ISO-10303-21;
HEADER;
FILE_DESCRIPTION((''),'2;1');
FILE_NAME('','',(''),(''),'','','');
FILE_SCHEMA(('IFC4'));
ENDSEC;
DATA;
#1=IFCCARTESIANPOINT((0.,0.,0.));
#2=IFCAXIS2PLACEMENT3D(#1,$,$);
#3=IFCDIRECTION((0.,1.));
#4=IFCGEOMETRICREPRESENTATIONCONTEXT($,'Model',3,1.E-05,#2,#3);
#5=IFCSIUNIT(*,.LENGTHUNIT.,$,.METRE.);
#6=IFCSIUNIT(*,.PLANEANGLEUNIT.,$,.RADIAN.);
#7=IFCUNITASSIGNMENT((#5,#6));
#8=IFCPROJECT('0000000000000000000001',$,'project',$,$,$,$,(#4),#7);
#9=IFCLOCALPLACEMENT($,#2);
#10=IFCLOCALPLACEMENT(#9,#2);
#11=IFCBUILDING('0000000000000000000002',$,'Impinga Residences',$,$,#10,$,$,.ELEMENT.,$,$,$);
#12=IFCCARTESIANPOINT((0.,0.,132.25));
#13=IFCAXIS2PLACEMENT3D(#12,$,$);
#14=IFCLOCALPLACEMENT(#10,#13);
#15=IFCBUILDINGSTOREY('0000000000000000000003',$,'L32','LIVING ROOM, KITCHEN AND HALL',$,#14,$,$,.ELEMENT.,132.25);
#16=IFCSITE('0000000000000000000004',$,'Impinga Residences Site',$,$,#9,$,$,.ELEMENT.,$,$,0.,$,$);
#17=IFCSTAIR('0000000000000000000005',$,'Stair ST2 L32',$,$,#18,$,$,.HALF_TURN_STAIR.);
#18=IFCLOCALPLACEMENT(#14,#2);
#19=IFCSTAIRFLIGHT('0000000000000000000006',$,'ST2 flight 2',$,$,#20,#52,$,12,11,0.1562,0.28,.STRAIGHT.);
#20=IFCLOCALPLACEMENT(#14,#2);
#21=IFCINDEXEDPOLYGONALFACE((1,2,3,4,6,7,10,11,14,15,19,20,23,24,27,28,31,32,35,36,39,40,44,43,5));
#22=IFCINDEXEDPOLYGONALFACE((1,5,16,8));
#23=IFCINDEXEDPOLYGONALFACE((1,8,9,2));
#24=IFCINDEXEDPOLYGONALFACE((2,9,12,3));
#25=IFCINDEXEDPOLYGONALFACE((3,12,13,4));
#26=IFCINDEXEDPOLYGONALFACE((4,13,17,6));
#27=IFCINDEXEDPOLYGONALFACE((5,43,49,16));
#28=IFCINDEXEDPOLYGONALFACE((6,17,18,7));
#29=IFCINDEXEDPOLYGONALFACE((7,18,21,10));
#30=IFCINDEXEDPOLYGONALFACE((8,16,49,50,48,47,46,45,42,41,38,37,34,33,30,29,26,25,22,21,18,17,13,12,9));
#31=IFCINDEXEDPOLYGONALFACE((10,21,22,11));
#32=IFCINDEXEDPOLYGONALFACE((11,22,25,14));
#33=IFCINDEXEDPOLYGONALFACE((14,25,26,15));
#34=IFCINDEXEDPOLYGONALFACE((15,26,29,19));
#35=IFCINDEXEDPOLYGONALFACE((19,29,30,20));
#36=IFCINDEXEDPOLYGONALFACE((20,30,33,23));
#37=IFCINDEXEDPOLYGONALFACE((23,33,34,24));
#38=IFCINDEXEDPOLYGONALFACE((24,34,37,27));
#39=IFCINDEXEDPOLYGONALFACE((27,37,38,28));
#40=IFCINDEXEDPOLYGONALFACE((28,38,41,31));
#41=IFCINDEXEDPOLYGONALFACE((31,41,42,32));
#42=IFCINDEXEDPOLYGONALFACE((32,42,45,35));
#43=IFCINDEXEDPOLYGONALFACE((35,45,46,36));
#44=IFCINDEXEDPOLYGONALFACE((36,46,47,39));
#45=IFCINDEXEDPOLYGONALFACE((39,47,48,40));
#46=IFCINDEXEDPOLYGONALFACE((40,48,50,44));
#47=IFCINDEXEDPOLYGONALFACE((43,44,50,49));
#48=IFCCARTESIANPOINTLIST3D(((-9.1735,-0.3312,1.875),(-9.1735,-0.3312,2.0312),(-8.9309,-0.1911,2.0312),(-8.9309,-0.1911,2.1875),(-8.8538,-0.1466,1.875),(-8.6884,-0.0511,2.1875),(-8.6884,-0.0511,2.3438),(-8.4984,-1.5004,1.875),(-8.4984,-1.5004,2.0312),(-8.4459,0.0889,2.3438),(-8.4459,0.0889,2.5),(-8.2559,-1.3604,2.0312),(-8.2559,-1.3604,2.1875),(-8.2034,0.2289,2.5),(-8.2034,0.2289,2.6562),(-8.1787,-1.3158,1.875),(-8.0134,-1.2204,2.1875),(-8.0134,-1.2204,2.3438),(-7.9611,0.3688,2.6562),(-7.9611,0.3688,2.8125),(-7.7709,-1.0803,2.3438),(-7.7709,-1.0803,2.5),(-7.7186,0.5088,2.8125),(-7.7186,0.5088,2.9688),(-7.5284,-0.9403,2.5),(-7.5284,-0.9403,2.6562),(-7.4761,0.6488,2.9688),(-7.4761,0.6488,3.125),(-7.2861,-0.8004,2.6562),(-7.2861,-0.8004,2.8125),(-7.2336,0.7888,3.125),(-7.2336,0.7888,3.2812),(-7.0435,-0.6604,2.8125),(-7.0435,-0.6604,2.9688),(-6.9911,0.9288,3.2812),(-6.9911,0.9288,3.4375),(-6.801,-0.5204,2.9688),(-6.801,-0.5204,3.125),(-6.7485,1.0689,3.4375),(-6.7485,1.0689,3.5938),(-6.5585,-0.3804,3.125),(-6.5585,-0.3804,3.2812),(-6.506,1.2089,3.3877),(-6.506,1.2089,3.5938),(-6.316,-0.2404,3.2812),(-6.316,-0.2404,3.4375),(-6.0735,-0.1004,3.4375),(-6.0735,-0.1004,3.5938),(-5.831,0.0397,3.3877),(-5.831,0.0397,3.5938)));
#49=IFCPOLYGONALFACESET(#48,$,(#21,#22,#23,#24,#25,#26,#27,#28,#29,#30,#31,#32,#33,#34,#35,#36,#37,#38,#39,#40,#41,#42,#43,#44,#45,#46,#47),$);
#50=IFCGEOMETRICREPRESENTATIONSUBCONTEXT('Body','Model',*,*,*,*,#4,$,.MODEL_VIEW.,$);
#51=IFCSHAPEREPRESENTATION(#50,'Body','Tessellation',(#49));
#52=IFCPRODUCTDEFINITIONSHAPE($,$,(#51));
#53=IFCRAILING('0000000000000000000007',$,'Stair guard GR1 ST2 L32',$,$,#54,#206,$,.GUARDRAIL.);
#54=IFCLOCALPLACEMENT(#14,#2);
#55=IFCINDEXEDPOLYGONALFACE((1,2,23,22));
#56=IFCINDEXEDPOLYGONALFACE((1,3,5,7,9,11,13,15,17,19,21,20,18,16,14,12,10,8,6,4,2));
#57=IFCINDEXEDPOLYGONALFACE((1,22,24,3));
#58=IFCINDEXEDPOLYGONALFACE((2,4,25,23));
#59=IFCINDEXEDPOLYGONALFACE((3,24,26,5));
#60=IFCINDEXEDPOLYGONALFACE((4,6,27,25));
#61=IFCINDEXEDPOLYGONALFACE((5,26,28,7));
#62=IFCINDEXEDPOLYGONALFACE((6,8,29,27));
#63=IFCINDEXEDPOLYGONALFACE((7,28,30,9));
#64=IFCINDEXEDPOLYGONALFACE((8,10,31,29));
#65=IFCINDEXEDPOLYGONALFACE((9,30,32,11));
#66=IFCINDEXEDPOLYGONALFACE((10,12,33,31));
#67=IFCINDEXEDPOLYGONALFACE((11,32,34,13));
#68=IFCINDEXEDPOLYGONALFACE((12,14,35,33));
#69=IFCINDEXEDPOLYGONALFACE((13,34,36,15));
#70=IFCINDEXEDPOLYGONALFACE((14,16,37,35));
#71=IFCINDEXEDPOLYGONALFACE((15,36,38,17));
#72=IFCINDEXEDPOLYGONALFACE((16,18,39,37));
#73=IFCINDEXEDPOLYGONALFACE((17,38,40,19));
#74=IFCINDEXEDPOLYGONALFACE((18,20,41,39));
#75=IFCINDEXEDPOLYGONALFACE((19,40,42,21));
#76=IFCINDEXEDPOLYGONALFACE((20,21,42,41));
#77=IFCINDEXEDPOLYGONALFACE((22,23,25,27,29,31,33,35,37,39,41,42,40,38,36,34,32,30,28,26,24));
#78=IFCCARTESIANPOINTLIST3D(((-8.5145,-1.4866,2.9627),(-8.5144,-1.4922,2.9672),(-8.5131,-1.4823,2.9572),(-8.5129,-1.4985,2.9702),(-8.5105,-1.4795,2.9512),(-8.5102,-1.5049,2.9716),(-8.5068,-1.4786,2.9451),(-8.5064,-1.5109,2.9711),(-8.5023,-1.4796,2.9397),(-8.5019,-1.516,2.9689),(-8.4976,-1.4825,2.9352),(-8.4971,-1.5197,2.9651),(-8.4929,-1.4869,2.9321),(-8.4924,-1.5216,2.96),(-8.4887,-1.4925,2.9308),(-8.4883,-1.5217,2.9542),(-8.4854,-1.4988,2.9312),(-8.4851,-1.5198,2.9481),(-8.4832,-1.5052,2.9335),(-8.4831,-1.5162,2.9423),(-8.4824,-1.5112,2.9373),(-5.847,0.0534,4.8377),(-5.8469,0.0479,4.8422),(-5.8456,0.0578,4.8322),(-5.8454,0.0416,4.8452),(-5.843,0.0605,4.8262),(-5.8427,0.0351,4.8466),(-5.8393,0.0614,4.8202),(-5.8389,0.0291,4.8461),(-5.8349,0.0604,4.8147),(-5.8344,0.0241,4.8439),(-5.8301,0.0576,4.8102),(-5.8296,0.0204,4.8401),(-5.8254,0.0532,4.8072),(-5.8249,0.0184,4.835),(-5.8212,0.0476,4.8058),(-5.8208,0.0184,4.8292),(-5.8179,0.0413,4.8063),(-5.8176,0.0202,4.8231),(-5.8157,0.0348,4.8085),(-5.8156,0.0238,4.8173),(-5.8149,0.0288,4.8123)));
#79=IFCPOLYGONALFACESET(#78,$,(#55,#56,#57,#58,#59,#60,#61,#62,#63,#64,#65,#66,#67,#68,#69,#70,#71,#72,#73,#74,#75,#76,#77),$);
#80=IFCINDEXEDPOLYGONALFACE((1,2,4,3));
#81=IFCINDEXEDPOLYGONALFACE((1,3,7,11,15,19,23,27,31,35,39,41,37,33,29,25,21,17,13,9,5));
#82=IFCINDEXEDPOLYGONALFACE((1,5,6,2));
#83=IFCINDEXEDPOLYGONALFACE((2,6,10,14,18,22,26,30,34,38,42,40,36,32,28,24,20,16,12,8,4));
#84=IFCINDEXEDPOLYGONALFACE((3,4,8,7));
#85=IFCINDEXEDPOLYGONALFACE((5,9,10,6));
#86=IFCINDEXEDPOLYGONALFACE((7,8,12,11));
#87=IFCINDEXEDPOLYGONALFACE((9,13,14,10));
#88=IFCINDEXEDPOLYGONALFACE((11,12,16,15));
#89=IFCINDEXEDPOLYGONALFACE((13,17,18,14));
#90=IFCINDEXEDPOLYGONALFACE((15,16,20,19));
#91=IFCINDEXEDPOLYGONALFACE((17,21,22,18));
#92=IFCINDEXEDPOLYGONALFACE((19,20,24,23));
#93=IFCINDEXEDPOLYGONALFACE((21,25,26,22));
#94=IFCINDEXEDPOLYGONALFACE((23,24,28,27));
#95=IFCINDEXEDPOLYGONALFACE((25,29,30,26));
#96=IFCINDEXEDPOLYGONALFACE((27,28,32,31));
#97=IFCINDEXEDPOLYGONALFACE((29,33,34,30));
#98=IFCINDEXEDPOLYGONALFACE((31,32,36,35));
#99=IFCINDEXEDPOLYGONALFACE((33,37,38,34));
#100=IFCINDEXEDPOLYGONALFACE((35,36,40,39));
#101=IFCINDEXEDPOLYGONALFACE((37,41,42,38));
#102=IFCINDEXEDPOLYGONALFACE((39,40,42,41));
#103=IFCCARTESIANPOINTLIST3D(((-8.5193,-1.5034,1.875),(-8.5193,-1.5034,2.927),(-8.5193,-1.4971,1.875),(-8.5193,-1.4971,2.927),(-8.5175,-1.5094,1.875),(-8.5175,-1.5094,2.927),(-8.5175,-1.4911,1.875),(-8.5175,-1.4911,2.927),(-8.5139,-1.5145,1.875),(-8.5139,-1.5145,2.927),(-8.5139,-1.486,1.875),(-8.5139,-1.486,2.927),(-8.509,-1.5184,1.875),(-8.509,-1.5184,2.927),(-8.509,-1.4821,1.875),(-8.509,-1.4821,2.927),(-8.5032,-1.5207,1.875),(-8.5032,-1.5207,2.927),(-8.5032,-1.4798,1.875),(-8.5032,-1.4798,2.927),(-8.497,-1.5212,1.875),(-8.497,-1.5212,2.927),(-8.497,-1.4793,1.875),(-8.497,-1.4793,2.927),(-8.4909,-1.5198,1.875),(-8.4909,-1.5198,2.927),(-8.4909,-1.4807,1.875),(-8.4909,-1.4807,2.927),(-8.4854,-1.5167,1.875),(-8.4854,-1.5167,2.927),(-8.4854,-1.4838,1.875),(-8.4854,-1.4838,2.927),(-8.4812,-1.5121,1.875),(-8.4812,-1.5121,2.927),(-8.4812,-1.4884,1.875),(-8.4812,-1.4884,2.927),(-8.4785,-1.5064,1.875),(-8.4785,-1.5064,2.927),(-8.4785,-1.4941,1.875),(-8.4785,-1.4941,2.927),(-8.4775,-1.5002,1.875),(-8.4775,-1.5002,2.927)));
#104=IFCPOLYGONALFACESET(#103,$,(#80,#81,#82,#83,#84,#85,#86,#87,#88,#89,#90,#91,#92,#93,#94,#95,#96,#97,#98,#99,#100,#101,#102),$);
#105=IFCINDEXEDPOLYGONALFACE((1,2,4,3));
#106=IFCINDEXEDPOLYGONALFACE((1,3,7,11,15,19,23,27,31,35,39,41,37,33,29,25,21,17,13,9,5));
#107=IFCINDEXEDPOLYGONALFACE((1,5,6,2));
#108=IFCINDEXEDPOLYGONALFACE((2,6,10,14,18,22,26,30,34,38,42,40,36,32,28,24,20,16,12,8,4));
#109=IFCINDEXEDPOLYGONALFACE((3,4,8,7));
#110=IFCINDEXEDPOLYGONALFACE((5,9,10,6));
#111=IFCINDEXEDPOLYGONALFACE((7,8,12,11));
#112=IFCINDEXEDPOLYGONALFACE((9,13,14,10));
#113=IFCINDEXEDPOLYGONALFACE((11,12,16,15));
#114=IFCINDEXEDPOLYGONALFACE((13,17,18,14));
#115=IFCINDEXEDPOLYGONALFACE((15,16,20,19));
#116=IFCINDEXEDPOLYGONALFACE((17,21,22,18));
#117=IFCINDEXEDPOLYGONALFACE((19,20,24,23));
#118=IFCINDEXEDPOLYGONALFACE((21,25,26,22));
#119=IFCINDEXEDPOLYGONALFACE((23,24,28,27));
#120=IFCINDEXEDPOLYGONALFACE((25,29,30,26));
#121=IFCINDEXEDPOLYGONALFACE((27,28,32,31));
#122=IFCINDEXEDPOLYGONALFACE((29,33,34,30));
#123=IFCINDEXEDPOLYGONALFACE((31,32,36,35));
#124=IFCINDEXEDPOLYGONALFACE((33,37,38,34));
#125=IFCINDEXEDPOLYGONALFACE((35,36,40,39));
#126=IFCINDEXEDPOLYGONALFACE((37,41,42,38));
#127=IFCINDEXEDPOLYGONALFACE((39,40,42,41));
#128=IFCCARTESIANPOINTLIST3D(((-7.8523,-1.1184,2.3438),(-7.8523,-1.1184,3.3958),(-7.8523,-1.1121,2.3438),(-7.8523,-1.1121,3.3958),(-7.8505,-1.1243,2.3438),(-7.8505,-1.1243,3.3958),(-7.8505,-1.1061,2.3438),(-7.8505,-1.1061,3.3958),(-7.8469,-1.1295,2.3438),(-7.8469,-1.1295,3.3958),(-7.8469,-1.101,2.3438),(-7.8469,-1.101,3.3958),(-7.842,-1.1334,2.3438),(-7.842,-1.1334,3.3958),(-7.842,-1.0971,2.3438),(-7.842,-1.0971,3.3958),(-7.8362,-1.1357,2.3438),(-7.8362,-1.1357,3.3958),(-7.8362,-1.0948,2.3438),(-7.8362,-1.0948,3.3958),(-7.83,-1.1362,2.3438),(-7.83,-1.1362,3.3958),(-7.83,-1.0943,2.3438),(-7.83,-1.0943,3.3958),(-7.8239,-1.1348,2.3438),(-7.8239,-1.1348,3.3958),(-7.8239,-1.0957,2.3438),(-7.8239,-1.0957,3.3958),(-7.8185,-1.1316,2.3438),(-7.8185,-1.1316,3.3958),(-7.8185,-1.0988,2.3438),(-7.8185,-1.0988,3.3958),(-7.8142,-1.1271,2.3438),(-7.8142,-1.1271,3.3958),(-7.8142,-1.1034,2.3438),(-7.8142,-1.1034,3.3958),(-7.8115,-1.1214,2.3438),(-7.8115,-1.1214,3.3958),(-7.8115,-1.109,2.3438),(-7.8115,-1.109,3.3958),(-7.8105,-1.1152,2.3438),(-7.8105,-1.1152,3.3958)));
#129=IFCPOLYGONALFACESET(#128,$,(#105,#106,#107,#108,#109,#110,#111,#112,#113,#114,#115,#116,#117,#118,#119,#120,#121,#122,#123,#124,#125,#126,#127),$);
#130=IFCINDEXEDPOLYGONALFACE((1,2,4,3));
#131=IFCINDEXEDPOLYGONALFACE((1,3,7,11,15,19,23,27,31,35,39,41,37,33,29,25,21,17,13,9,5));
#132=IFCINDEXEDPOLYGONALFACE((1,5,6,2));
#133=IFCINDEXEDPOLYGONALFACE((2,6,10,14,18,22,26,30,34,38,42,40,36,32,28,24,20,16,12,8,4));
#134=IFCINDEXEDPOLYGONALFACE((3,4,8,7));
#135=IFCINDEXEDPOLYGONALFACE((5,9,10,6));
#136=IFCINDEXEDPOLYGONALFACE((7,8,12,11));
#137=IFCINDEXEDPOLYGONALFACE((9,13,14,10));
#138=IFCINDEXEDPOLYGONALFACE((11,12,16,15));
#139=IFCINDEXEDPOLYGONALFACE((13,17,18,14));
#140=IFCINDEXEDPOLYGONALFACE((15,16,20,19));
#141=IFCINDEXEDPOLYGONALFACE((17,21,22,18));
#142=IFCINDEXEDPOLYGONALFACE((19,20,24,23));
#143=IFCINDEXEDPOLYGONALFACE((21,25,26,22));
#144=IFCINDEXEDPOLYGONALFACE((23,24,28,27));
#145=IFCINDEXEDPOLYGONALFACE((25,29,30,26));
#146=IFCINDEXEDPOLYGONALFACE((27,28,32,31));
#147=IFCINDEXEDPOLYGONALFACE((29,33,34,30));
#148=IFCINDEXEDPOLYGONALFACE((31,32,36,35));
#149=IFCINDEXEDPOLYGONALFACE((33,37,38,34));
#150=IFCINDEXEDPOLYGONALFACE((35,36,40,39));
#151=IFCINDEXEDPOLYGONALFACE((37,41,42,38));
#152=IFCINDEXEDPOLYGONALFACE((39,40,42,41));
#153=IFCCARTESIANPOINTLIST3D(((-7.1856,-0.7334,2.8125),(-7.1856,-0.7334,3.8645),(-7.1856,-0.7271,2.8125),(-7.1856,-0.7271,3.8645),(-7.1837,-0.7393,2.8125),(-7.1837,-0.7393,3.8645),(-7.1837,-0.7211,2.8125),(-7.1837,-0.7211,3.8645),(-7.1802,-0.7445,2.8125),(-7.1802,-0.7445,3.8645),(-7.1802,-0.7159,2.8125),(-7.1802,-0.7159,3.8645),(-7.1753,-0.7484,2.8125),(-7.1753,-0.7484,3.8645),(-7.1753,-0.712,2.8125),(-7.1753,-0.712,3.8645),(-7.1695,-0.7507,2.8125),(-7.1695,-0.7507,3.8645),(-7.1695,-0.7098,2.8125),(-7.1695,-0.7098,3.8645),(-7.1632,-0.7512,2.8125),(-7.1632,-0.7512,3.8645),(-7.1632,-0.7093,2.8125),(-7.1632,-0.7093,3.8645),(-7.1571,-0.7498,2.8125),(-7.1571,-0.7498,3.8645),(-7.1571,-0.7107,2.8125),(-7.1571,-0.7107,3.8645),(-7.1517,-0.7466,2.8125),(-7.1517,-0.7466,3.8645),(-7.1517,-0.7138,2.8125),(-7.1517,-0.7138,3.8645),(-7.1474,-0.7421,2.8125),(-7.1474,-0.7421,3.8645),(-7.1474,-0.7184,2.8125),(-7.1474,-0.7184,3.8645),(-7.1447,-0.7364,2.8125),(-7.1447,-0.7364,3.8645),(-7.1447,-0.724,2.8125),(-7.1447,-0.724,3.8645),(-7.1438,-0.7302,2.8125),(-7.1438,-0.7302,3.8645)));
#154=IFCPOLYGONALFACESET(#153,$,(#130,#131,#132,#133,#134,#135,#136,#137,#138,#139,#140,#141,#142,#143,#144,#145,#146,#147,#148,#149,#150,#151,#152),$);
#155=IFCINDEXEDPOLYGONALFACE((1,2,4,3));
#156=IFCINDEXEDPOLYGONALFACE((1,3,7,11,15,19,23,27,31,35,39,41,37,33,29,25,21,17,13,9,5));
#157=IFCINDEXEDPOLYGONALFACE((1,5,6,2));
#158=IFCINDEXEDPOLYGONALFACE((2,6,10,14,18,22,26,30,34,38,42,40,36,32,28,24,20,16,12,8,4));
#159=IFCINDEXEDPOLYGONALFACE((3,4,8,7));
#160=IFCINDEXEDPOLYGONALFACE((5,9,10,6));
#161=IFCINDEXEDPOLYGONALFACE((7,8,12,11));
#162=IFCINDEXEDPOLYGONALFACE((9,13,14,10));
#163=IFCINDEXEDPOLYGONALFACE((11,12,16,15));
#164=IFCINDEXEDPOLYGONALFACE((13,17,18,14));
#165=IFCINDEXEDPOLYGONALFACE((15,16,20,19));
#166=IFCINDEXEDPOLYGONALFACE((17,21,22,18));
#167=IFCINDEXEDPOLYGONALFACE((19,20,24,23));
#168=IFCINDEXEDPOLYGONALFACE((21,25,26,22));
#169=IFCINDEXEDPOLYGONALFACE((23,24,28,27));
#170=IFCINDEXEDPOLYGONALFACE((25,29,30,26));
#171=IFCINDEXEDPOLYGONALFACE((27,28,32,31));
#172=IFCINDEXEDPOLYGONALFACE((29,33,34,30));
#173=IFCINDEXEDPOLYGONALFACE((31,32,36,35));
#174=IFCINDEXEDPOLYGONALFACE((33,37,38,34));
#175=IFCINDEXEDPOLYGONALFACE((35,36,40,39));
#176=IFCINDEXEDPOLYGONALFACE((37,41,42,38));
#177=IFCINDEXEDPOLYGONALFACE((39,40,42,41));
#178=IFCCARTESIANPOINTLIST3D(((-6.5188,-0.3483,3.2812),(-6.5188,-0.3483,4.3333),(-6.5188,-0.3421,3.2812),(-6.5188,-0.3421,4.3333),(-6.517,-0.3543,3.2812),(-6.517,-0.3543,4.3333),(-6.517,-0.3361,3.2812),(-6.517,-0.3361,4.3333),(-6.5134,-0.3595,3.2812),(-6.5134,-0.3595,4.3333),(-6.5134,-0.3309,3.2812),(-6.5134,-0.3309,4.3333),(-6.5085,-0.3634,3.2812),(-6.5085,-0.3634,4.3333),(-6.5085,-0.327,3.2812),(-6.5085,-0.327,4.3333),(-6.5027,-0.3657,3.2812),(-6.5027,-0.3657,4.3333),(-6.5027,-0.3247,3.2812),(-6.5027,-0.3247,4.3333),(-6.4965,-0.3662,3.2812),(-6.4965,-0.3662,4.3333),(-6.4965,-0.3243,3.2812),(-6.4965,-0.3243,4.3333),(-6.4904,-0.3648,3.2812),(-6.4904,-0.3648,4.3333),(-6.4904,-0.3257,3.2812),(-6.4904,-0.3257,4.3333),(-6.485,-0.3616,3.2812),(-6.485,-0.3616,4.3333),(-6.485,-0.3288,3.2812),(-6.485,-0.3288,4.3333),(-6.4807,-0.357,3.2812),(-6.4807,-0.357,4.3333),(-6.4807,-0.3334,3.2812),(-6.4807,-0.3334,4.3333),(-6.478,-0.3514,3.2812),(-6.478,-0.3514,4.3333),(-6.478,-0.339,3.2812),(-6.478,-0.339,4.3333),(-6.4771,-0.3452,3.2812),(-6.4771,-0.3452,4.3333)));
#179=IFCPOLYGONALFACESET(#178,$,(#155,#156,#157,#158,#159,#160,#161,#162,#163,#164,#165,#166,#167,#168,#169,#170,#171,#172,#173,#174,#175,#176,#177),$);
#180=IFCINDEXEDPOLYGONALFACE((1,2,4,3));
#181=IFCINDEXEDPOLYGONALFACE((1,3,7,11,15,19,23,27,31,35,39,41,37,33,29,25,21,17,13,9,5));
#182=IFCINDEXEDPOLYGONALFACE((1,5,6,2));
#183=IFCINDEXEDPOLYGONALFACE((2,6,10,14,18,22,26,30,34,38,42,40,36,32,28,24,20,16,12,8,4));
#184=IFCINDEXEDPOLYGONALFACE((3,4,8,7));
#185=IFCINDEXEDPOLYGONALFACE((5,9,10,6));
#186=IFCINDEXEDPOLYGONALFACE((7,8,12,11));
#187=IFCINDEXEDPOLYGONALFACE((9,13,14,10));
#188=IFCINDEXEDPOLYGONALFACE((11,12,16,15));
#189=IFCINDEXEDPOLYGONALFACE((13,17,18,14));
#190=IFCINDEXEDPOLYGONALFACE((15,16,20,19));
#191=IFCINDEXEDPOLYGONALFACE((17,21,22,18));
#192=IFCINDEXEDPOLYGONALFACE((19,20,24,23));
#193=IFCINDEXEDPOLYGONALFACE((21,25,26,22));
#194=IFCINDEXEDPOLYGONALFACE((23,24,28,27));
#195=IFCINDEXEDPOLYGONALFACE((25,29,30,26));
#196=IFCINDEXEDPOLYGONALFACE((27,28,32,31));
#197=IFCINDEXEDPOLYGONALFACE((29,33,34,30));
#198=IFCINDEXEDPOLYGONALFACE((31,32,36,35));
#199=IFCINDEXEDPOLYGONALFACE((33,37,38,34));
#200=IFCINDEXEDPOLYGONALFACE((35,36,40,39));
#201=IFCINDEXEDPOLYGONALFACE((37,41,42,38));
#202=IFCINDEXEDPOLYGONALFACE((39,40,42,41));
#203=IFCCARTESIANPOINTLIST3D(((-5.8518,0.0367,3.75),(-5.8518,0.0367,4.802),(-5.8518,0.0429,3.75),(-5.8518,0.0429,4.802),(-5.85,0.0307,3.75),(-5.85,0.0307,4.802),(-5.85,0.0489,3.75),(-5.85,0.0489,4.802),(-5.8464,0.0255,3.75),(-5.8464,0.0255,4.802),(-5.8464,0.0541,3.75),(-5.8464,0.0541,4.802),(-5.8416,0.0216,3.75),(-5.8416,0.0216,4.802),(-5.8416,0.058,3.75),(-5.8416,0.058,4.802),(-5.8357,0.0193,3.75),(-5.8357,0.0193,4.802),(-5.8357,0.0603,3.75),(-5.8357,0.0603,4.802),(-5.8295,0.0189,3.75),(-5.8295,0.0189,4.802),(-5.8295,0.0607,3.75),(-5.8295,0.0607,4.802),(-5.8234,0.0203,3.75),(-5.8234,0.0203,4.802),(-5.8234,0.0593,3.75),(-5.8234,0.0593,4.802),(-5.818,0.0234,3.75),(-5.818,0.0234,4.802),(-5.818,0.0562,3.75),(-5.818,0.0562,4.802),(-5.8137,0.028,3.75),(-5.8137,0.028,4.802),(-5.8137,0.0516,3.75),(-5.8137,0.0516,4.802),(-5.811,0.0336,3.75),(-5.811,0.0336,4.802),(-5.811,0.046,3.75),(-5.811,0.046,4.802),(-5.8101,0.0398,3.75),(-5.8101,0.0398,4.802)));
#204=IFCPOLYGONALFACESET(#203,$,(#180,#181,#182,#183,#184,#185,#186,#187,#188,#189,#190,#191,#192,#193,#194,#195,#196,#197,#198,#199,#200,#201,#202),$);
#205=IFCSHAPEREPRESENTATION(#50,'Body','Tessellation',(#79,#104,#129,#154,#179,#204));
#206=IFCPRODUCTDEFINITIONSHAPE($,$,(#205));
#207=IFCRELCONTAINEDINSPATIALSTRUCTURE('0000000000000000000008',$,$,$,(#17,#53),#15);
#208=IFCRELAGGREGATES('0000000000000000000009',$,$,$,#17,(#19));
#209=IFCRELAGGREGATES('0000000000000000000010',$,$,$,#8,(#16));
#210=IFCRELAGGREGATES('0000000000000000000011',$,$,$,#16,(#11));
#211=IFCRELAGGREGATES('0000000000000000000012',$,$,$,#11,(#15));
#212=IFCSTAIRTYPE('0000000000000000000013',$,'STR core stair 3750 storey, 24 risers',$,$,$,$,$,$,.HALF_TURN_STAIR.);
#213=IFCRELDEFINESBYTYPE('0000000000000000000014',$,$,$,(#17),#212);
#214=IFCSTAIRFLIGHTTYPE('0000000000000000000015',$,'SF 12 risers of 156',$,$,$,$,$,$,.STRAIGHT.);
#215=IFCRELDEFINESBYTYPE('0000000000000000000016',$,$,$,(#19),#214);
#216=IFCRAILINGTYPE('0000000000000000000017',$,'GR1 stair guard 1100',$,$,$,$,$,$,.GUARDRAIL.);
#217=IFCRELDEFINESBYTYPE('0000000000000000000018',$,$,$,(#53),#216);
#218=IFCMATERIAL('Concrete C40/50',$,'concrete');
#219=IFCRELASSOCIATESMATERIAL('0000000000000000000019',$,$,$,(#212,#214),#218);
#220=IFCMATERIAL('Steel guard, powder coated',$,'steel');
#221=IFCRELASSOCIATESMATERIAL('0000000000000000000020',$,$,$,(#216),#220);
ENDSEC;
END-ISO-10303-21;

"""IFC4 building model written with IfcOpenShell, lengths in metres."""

from ifc_helpers import new_model, si_unit, direction, frame, origin, origin_2d, place, context, subcontext, project, spatial, polyline, circle, outline, extrude, material, type_object, element, aggregate, save


model = new_model("IFC4")

# Units and contexts
model_context = context("Model", 3, precision=1e-05, world=origin(), true_north=direction((0.0, 1.0)))
body_context = subcontext(model_context, "Body", "Model", "MODEL_VIEW")
ifc_project = project(units=[si_unit("LENGTHUNIT", "METRE"), si_unit("PLANEANGLEUNIT", "RADIAN")], contexts=[model_context])

# Site, building, storey
site_placement = place(None, origin())
site = spatial("IfcSite", under=ifc_project, at=site_placement, Name="Impinga Residences Site", CompositionType="ELEMENT", RefElevation=0.0)
building_placement = place(site_placement, origin())
building = spatial("IfcBuilding", under=site, at=building_placement, Name="Impinga Residences", CompositionType="ELEMENT")
storey_placement = place(building_placement, frame((0.0, 0.0, 132.25)))
storey = spatial("IfcBuildingStorey", under=building, at=storey_placement, Name="L32", Description="LIVING ROOM, KITCHEN AND HALL", CompositionType="ELEMENT", Elevation=132.25)

# Stair, stair flight
ifc_material_1 = material(Name="Concrete C40/50", Category="concrete")
stair_type = type_object("IfcStairType", Name="STR core stair 3750 storey, 24 risers", PredefinedType="HALF_TURN_STAIR", material=ifc_material_1)
stair_placement = place(storey_placement, origin())
stair = element("IfcStair", 1, at=stair_placement, inside=storey, type_object=stair_type, Name="Stair ST2 L32", PredefinedType="HALF_TURN_STAIR")
stair_flight_type = type_object("IfcStairFlightType", Name="SF 12 risers of 156", PredefinedType="STRAIGHT", material=ifc_material_1)
stair_flight_1_placement = place(storey_placement, frame((-8.8359, -0.9158, 1.875), z_axis=(0.0, 0.0, 1.0), x_axis=(0.866025, 0.5, 0.0)))
stair_flight_1 = element("IfcStairFlight", 2, at=stair_flight_1_placement, type_object=stair_flight_type, Name="ST2 flight 2", NumberOfRisers=12, NumberOfTreads=11, PredefinedType="STRAIGHT", RiserHeight=0.1562, TreadLength=0.28, context=body_context, shape_type="SweptSolid", body=[
    extrude(outline(polyline([(0.0, 0.0), (0.0, 0.1562), (0.28, 0.1562), (0.28, 0.3125), (0.5601, 0.3125), (0.5601, 0.4688), (0.8401, 0.4688), (0.8401, 0.625), (1.1201, 0.625), (1.1201, 0.7812), (1.3999, 0.7812), (1.3999, 0.9375), (1.6799, 0.9375), (1.6799, 1.0938), (1.96, 1.0938), (1.96, 1.25), (2.24, 1.25), (2.24, 1.4062), (2.52, 1.4062), (2.52, 1.5625), (2.8, 1.5625), (2.8, 1.7188), (3.0801, 1.7188), (3.0801, 1.875), (3.0801, 1.5127), (0.3691, 0.0), (0.0, 0.0)])), frame((0.0, 0.675, 0.0), z_axis=(0.0, -1.0, 0.0), x_axis=(1.0, 0.0, 0.0)), (0.0, 0.0, 1.0), 1.3501),
])
aggregate(stair, [stair_flight_1])

# Railing
ifc_material_2 = material(Name="Steel guard, powder coated", Category="steel")
railing_type_1 = type_object("IfcRailingType", Name="GR1 stair guard 1100", PredefinedType="GUARDRAIL", material=ifc_material_2)
railing_1_placement = place(storey_placement, frame((-8.4985, -1.5002, 1.875)))
element("IfcRailing", 3, at=railing_1_placement, inside=storey, type_object=railing_type_1, Name="Stair guard GR1 ST2 L32", PredefinedType="GUARDRAIL", context=body_context, shape_type="SweptSolid", body=[
    extrude(circle(Radius=0.0239, at=origin_2d()), frame((0.0, 0.0, 1.0762), z_axis=(0.739746, 0.427084, 0.519975), x_axis=(-0.499992, 0.86603, 0.0)), (0.0, 0.0, 1.0), 3.606),
    extrude(circle(Radius=0.021, at=origin_2d()), origin(), (0.0, 0.0, 1.0), 1.052),
    extrude(circle(Radius=0.021, at=origin_2d()), frame((0.667, 0.385, 0.4688)), (0.0, 0.0, 1.0), 1.052),
    extrude(circle(Radius=0.021, at=origin_2d()), frame((1.3337, 0.77, 0.9375)), (0.0, 0.0, 1.0), 1.052),
    extrude(circle(Radius=0.021, at=origin_2d()), frame((2.0005, 1.155, 1.4062)), (0.0, 0.0, 1.0), 1.052),
    extrude(circle(Radius=0.021, at=origin_2d()), frame((2.6675, 1.54, 1.875)), (0.0, 0.0, 1.0), 1.052),
])

save(model, "model.ifc")
